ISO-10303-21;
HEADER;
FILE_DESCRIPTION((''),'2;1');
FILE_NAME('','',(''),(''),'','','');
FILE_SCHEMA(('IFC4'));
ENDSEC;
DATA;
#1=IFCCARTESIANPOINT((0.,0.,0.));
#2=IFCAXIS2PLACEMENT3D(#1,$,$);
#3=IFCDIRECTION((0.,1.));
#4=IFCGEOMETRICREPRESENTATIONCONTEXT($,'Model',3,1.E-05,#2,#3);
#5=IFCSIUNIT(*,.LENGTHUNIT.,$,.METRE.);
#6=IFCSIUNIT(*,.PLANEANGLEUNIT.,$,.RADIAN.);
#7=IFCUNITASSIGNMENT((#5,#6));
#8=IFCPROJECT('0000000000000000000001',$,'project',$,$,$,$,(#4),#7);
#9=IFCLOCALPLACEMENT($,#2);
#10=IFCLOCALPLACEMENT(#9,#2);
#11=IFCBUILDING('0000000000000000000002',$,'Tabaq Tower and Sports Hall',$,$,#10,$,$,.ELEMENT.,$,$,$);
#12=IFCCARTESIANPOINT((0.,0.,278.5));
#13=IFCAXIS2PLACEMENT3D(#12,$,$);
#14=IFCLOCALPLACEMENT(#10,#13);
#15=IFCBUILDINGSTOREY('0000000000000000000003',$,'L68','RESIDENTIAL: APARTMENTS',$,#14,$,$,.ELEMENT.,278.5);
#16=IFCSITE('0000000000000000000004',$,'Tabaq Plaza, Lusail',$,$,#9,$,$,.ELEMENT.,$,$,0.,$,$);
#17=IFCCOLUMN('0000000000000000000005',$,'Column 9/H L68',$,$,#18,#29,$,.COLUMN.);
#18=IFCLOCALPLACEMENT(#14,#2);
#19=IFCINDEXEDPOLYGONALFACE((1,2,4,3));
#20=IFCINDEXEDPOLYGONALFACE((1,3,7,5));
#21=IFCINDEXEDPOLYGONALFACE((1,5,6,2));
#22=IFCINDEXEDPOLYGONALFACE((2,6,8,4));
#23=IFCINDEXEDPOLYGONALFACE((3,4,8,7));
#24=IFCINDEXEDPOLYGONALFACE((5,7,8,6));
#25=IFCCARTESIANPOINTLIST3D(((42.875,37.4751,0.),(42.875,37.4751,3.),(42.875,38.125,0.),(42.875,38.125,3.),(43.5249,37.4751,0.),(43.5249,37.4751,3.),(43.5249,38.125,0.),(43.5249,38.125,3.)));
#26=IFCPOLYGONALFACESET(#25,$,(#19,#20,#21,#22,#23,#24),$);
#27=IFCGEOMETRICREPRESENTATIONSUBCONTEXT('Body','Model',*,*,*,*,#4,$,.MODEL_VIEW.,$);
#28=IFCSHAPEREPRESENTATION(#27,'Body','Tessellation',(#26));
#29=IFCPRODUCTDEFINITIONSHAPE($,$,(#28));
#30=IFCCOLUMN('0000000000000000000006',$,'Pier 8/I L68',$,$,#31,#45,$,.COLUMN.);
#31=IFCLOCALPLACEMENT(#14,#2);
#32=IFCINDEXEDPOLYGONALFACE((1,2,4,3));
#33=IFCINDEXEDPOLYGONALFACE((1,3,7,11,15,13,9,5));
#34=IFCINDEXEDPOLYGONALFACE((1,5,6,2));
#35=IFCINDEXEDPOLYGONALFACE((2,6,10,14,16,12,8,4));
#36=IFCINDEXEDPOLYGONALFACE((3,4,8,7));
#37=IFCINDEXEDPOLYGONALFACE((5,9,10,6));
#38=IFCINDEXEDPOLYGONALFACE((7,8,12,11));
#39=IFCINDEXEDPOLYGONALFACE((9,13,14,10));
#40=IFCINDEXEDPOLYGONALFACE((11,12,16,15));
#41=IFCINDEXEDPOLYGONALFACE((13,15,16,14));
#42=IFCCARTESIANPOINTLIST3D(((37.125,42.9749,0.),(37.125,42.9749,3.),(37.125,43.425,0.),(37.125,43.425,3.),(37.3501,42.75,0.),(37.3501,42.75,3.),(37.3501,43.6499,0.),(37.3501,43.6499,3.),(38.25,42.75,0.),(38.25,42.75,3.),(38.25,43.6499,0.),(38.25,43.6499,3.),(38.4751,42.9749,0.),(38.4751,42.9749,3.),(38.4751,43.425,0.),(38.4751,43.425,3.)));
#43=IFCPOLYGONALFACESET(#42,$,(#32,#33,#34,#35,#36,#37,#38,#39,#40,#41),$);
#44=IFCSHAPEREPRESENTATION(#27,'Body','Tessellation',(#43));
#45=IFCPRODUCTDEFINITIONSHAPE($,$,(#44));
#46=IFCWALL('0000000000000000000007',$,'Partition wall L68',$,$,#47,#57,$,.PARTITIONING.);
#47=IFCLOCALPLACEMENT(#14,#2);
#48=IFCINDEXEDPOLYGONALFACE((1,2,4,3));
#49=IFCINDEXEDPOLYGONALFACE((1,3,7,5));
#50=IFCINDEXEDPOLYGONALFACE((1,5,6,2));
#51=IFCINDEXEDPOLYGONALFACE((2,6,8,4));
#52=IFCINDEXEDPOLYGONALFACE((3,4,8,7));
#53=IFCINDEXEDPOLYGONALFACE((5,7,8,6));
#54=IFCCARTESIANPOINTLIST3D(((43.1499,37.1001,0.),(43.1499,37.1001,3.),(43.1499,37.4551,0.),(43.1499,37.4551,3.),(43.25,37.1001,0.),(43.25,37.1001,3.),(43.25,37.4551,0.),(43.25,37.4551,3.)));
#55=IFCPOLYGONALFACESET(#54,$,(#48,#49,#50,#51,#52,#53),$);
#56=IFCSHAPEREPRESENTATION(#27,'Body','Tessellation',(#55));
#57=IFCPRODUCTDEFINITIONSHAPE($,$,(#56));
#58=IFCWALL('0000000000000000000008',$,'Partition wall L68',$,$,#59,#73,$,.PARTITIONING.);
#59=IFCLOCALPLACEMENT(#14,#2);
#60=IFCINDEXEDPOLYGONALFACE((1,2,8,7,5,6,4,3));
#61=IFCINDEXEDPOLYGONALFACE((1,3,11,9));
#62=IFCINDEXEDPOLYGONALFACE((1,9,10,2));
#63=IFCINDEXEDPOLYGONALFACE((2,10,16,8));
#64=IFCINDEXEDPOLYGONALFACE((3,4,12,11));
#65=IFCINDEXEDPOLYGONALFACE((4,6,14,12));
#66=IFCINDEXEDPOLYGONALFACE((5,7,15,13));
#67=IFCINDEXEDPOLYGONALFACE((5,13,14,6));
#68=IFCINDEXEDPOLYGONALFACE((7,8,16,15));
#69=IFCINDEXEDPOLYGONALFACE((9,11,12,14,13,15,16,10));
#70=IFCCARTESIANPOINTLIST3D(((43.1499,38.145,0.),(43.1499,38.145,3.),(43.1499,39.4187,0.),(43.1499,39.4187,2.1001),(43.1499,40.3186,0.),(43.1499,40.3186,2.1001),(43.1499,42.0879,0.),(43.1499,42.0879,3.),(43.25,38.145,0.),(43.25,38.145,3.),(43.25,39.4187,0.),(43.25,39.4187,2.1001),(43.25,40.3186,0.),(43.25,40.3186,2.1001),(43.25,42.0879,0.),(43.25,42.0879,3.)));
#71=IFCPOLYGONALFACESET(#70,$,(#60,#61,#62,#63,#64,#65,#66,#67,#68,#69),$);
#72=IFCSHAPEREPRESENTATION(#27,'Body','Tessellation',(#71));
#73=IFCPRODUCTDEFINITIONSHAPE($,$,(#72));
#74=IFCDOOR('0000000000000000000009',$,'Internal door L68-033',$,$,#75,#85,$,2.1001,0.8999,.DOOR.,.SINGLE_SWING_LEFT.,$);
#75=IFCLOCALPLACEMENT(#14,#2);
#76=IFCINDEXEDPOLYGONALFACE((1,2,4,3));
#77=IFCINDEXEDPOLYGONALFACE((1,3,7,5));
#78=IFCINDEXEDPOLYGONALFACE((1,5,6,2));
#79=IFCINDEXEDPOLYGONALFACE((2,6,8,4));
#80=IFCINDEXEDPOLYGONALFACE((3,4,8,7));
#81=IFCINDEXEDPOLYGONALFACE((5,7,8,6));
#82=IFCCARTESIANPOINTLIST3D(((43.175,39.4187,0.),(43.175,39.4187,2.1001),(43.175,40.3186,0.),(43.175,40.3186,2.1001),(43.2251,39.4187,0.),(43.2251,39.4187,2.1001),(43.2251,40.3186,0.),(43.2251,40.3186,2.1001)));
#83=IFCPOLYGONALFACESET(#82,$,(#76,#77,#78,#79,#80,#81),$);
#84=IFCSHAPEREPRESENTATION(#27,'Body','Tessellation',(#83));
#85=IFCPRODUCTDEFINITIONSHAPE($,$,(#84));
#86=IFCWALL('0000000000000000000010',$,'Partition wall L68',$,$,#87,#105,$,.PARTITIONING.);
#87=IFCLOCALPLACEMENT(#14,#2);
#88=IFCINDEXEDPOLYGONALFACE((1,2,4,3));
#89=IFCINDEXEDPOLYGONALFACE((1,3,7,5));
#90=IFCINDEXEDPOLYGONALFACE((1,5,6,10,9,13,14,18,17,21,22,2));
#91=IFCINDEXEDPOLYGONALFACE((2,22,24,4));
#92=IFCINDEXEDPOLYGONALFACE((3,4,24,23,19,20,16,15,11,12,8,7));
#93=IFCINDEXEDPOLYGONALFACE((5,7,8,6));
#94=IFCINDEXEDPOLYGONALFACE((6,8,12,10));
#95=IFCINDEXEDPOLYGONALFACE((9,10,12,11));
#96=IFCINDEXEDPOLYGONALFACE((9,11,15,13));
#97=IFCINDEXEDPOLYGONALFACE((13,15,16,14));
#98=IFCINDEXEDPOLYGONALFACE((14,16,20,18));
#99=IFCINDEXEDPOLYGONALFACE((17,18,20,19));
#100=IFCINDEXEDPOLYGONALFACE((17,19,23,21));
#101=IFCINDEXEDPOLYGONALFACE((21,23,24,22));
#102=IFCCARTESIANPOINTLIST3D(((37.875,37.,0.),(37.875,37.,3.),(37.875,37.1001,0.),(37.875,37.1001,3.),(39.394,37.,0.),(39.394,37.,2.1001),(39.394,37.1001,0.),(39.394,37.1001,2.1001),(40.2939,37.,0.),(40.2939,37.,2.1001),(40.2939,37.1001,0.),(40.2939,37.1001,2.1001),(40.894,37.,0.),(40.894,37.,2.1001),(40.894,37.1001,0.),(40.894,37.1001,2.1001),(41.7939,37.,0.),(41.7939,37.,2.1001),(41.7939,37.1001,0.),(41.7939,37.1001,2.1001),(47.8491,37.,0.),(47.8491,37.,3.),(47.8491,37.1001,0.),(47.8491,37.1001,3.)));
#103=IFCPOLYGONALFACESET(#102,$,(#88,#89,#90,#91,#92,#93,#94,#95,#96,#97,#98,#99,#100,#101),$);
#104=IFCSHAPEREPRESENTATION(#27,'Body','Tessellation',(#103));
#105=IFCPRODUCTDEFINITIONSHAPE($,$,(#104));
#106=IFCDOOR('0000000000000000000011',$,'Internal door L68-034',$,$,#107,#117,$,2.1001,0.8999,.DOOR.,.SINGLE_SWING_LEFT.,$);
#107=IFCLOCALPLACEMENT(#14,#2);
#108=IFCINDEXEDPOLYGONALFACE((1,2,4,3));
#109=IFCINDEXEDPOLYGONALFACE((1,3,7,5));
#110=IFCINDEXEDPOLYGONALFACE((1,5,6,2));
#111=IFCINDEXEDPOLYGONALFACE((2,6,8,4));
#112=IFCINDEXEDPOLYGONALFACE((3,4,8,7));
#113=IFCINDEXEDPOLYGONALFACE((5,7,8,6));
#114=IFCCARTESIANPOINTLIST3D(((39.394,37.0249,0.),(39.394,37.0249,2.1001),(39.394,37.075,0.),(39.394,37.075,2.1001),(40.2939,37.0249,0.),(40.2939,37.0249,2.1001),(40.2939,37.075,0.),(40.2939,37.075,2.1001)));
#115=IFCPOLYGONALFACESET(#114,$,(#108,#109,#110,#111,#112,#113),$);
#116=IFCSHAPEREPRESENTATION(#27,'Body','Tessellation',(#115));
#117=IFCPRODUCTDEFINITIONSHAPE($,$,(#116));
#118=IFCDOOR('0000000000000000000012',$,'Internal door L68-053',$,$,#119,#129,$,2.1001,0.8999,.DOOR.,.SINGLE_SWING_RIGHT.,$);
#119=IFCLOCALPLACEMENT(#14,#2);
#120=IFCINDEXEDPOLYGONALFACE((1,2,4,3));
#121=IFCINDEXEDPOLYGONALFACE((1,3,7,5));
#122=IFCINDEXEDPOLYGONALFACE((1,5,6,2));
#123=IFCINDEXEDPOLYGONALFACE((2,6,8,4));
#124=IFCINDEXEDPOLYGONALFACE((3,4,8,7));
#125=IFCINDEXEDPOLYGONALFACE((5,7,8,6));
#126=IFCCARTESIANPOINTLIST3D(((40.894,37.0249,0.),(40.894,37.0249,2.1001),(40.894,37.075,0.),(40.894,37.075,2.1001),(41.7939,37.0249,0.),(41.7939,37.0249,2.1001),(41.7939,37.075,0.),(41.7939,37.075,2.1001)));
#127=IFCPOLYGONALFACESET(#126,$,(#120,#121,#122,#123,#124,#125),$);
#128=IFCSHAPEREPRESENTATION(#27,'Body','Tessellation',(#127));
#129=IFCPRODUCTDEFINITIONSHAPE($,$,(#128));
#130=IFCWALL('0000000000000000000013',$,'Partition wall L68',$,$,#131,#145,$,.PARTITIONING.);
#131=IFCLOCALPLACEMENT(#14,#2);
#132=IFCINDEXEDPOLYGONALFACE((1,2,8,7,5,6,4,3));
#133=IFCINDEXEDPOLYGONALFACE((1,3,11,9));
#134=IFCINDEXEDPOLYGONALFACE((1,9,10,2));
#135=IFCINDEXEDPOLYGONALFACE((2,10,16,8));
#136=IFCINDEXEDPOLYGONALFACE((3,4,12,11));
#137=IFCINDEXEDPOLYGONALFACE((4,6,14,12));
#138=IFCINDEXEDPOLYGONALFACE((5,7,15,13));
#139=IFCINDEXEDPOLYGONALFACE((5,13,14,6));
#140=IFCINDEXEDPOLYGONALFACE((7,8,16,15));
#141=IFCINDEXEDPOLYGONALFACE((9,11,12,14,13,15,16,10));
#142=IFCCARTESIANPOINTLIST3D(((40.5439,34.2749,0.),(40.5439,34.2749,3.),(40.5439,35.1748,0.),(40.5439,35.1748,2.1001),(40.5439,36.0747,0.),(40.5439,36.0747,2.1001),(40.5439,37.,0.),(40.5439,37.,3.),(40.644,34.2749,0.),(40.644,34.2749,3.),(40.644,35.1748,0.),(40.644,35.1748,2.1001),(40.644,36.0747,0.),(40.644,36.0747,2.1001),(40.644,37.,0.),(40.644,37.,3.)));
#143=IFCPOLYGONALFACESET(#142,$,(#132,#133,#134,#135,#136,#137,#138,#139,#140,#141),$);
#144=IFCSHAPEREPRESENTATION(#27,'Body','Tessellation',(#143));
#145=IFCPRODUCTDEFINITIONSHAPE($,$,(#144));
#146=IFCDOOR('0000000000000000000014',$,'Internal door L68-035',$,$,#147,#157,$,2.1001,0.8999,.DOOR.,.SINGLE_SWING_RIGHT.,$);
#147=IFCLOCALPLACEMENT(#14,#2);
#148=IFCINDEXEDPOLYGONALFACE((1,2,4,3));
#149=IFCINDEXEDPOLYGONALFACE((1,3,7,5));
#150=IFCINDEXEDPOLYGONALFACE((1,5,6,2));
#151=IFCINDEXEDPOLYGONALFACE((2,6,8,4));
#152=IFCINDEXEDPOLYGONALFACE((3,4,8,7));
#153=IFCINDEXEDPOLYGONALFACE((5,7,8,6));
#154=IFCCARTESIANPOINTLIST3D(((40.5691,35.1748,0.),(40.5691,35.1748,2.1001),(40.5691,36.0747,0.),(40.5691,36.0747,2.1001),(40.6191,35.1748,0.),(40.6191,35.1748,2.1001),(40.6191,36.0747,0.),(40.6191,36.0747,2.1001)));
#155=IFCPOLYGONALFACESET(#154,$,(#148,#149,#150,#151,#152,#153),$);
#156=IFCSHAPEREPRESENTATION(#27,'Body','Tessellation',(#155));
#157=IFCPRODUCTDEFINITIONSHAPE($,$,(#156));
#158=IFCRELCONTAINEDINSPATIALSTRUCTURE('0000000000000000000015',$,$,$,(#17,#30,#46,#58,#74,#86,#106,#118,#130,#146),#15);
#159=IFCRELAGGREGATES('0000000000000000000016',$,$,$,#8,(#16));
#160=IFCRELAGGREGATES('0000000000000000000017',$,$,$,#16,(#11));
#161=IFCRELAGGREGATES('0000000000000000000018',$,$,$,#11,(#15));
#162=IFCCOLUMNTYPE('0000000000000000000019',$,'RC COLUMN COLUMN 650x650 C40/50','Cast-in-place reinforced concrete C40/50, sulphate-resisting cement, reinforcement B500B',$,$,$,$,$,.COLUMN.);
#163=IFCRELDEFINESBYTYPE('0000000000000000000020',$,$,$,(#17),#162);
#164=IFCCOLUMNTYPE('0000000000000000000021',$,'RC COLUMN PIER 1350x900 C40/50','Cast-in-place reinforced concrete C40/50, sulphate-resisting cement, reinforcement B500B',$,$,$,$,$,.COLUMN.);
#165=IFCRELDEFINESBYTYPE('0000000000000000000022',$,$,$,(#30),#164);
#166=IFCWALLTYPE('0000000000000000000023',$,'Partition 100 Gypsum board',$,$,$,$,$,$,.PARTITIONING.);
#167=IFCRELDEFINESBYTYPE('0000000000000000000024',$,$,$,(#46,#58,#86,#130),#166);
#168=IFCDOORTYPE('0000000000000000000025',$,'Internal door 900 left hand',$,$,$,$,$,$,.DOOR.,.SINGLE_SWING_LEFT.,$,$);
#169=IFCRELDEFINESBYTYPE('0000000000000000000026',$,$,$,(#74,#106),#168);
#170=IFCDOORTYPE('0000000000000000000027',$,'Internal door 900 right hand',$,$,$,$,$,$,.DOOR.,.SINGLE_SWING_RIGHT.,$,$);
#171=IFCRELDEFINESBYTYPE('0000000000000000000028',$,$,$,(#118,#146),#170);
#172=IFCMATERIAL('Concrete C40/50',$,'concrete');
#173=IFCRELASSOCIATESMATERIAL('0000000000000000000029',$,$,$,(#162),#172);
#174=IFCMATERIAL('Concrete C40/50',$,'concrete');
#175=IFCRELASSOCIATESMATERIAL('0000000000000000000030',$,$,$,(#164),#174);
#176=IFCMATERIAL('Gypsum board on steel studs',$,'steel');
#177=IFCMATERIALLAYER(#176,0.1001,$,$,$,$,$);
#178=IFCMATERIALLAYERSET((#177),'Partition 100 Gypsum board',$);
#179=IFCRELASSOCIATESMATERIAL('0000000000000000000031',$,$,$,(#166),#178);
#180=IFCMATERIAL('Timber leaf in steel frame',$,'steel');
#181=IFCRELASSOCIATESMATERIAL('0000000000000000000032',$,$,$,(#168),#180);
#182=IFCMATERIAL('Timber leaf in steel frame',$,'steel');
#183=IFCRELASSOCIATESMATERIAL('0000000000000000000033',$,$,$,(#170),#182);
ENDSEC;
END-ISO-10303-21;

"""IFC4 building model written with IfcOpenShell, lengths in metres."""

from ifc_helpers import new_model, si_unit, direction, frame, frame_2d, origin, origin_2d, place, context, subcontext, project, spatial, polyline, rectangle, outline, extrude, material, layer, layer_set, material_profile, profile_set, type_object, element, fill, save


model = new_model("IFC4")

# Units and contexts
model_context = context("Model", 3, precision=1e-05, world=origin(), true_north=direction((0.0, 1.0)))
body_context = subcontext(model_context, "Body", "Model", "MODEL_VIEW")
ifc_project = project(units=[si_unit("LENGTHUNIT", "METRE"), si_unit("PLANEANGLEUNIT", "RADIAN")], contexts=[model_context])

# Site, building, storey
site_placement = place(None, origin())
site = spatial("IfcSite", under=ifc_project, at=site_placement, Name="Tabaq Plaza, Lusail", CompositionType="ELEMENT", RefElevation=0.0)
building_placement = place(site_placement, origin())
building = spatial("IfcBuilding", under=site, at=building_placement, Name="Tabaq Tower and Sports Hall", CompositionType="ELEMENT")
storey_placement = place(building_placement, frame((0.0, 0.0, 278.5)))
storey = spatial("IfcBuildingStorey", under=building, at=storey_placement, Name="L68", Description="RESIDENTIAL: APARTMENTS", CompositionType="ELEMENT", Elevation=278.5)

# Columns
ifc_material_1 = material(Name="Concrete C40/50", Category="concrete")
ifc_material_profile_1 = material_profile(ifc_material_1, rectangle(XDim=0.6499, YDim=0.6499, at=origin_2d()), Name="COLUMN 650x650")
ifc_profile_set_1 = profile_set([ifc_material_profile_1], Name="Concrete C40/50")
column_type_1 = type_object("IfcColumnType", Name="RC COLUMN COLUMN 650x650 C40/50", Description="Cast-in-place reinforced concrete C40/50, sulphate-resisting cement, reinforcement B500B", PredefinedType="COLUMN", material=ifc_profile_set_1)
column_1_placement = place(storey_placement, frame((43.2, 37.8, 0.0), z_axis=(0.0, 0.0, 1.0), x_axis=(1.0, 0.0, 0.0)))
element("IfcColumn", 1, at=column_1_placement, inside=storey, type_object=column_type_1, Name="Column 9/H L68", PredefinedType="COLUMN", context=body_context, shape_type="SweptSolid", body=[
    extrude(rectangle(XDim=0.6499, YDim=0.6499, at=origin_2d()), origin(), (0.0, 0.0, 1.0), 3.0),
])
ifc_material_2 = material(Name="Concrete C40/50", Category="concrete")
ifc_material_profile_2 = material_profile(ifc_material_2, outline(polyline([(-0.45, -0.45), (0.45, -0.45), (0.675, -0.2251), (0.675, 0.2251), (0.45, 0.45), (-0.45, 0.45), (-0.675, 0.2251), (-0.675, -0.2251), (-0.45, -0.45)])), Name="PIER 1350x900")
ifc_profile_set_2 = profile_set([ifc_material_profile_2], Name="Concrete C40/50")
column_type_2 = type_object("IfcColumnType", Name="RC COLUMN PIER 1350x900 C40/50", Description="Cast-in-place reinforced concrete C40/50, sulphate-resisting cement, reinforcement B500B", PredefinedType="COLUMN", material=ifc_profile_set_2)
column_2_placement = place(storey_placement, frame((37.8, 43.2, 0.0), z_axis=(0.0, 0.0, 1.0), x_axis=(1.0, 0.0, 0.0)))
element("IfcColumn", 2, at=column_2_placement, inside=storey, type_object=column_type_2, Name="Pier 8/I L68", PredefinedType="COLUMN", context=body_context, shape_type="SweptSolid", body=[
    extrude(outline(polyline([(-0.45, -0.45), (0.45, -0.45), (0.675, -0.2251), (0.675, 0.2251), (0.45, 0.45), (-0.45, 0.45), (-0.675, 0.2251), (-0.675, -0.2251), (-0.45, -0.45)])), origin(), (0.0, 0.0, 1.0), 3.0),
])

# Wall
ifc_material_3 = material(Name="Gypsum board on steel studs", Category="steel")
ifc_layer_1 = layer(ifc_material_3, 0.1001)
ifc_layer_set_1 = layer_set([ifc_layer_1], Name="Partition 100 Gypsum board")
wall_type_1 = type_object("IfcWallType", Name="Partition 100 Gypsum board", PredefinedType="PARTITIONING", material=ifc_layer_set_1)
wall_1_placement = place(storey_placement, frame((43.2, 37.1001, 0.0), z_axis=(0.0, 0.0, 1.0), x_axis=(0.0, 1.0, 0.0)))
element("IfcWall", 3, at=wall_1_placement, inside=storey, type_object=wall_type_1, Name="Partition wall L68", PredefinedType="PARTITIONING", context=body_context, shape_type="SweptSolid", body=[
    extrude(rectangle(XDim=0.355, YDim=0.1001, at=frame_2d((0.1775, 0.0))), origin(), (0.0, 0.0, 1.0), 3.0),
])

# Wall, opening, door
wall_2_placement = place(storey_placement, frame((43.2, 38.145, 0.0), z_axis=(0.0, 0.0, 1.0), x_axis=(0.0, 1.0, 0.0)))
wall_2 = element("IfcWall", 4, at=wall_2_placement, inside=storey, type_object=wall_type_1, Name="Partition wall L68", PredefinedType="PARTITIONING", context=body_context, shape_type="SweptSolid", body=[
    extrude(rectangle(XDim=3.9429, YDim=0.1001, at=frame_2d((1.9714, 0.0))), origin(), (0.0, 0.0, 1.0), 3.0),
])
opening_1_placement = place(wall_2_placement, frame((1.2737, 0.0, 0.0)))
opening_1 = element("IfcOpeningElement", 5, at=opening_1_placement, cuts=wall_2, PredefinedType="OPENING", context=body_context, shape_type="SweptSolid", body=[
    extrude(rectangle(XDim=0.8999, YDim=2.1001, at=frame_2d((0.45, 1.05))), frame((0.0, 0.05, 0.0), z_axis=(0.0, -1.0, 0.0), x_axis=(1.0, 0.0, 0.0)), (0.0, 0.0, 1.0), 0.1001),
])
ifc_material_4 = material(Name="Timber leaf in steel frame", Category="steel")
door_type_1 = type_object("IfcDoorType", Name="Internal door 900 left hand", OperationType="SINGLE_SWING_LEFT", PredefinedType="DOOR", material=ifc_material_4)
door_1_placement = place(opening_1_placement, origin())
door_1 = element("IfcDoor", 6, at=door_1_placement, inside=storey, type_object=door_type_1, Name="Internal door L68-033", OperationType="SINGLE_SWING_LEFT", OverallHeight=2.1001, OverallWidth=0.8999, PredefinedType="DOOR", context=body_context, shape_type="SweptSolid", body=[
    extrude(rectangle(XDim=0.8999, YDim=2.1001, at=frame_2d((0.45, 1.05))), frame((0.0, 0.0249, 0.0), z_axis=(0.0, -1.0, 0.0), x_axis=(1.0, 0.0, 0.0)), (0.0, 0.0, 1.0), 0.05),
])
fill(opening_1, door_1)

# Wall, openings, doors
wall_3_placement = place(storey_placement, frame((37.875, 37.05, 0.0), z_axis=(0.0, 0.0, 1.0), x_axis=(1.0, 0.0, 0.0)))
wall_3 = element("IfcWall", 7, at=wall_3_placement, inside=storey, type_object=wall_type_1, Name="Partition wall L68", PredefinedType="PARTITIONING", context=body_context, shape_type="SweptSolid", body=[
    extrude(rectangle(XDim=9.9741, YDim=0.1001, at=frame_2d((4.9871, 0.0))), origin(), (0.0, 0.0, 1.0), 3.0),
])
opening_2_placement = place(wall_3_placement, frame((1.519, 0.0, 0.0)))
opening_2 = element("IfcOpeningElement", 8, at=opening_2_placement, cuts=wall_3, PredefinedType="OPENING", context=body_context, shape_type="SweptSolid", body=[
    extrude(rectangle(XDim=0.8999, YDim=2.1001, at=frame_2d((0.45, 1.05))), frame((0.0, 0.05, 0.0), z_axis=(0.0, -1.0, 0.0), x_axis=(1.0, 0.0, 0.0)), (0.0, 0.0, 1.0), 0.1001),
])
opening_3_placement = place(wall_3_placement, frame((3.019, 0.0, 0.0)))
opening_3 = element("IfcOpeningElement", 9, at=opening_3_placement, cuts=wall_3, PredefinedType="OPENING", context=body_context, shape_type="SweptSolid", body=[
    extrude(rectangle(XDim=0.8999, YDim=2.1001, at=frame_2d((0.45, 1.05))), frame((0.0, 0.05, 0.0), z_axis=(0.0, -1.0, 0.0), x_axis=(1.0, 0.0, 0.0)), (0.0, 0.0, 1.0), 0.1001),
])
door_2_placement = place(opening_2_placement, origin())
door_2 = element("IfcDoor", 10, at=door_2_placement, inside=storey, type_object=door_type_1, Name="Internal door L68-034", OperationType="SINGLE_SWING_LEFT", OverallHeight=2.1001, OverallWidth=0.8999, PredefinedType="DOOR", context=body_context, shape_type="SweptSolid", body=[
    extrude(rectangle(XDim=0.8999, YDim=2.1001, at=frame_2d((0.45, 1.05))), frame((0.0, 0.0249, 0.0), z_axis=(0.0, -1.0, 0.0), x_axis=(1.0, 0.0, 0.0)), (0.0, 0.0, 1.0), 0.05),
])
fill(opening_2, door_2)
ifc_material_5 = material(Name="Timber leaf in steel frame", Category="steel")
door_type_2 = type_object("IfcDoorType", Name="Internal door 900 right hand", OperationType="SINGLE_SWING_RIGHT", PredefinedType="DOOR", material=ifc_material_5)
door_3_placement = place(opening_3_placement, origin())
door_3 = element("IfcDoor", 11, at=door_3_placement, inside=storey, type_object=door_type_2, Name="Internal door L68-053", OperationType="SINGLE_SWING_RIGHT", OverallHeight=2.1001, OverallWidth=0.8999, PredefinedType="DOOR", context=body_context, shape_type="SweptSolid", body=[
    extrude(rectangle(XDim=0.8999, YDim=2.1001, at=frame_2d((0.45, 1.05))), frame((0.0, 0.0249, 0.0), z_axis=(0.0, -1.0, 0.0), x_axis=(1.0, 0.0, 0.0)), (0.0, 0.0, 1.0), 0.05),
])
fill(opening_3, door_3)

# Wall, opening, door
wall_4_placement = place(storey_placement, frame((40.594, 34.2749, 0.0), z_axis=(0.0, 0.0, 1.0), x_axis=(0.0, 1.0, 0.0)))
wall_4 = element("IfcWall", 12, at=wall_4_placement, inside=storey, type_object=wall_type_1, Name="Partition wall L68", PredefinedType="PARTITIONING", context=body_context, shape_type="SweptSolid", body=[
    extrude(rectangle(XDim=2.7251, YDim=0.1001, at=frame_2d((1.3625, 0.0))), origin(), (0.0, 0.0, 1.0), 3.0),
])
opening_4_placement = place(wall_4_placement, frame((0.8999, 0.0, 0.0)))
opening_4 = element("IfcOpeningElement", 13, at=opening_4_placement, cuts=wall_4, PredefinedType="OPENING", context=body_context, shape_type="SweptSolid", body=[
    extrude(rectangle(XDim=0.8999, YDim=2.1001, at=frame_2d((0.45, 1.05))), frame((0.0, 0.05, 0.0), z_axis=(0.0, -1.0, 0.0), x_axis=(1.0, 0.0, 0.0)), (0.0, 0.0, 1.0), 0.1001),
])
door_4_placement = place(opening_4_placement, origin())
door_4 = element("IfcDoor", 14, at=door_4_placement, inside=storey, type_object=door_type_2, Name="Internal door L68-035", OperationType="SINGLE_SWING_RIGHT", OverallHeight=2.1001, OverallWidth=0.8999, PredefinedType="DOOR", context=body_context, shape_type="SweptSolid", body=[
    extrude(rectangle(XDim=0.8999, YDim=2.1001, at=frame_2d((0.45, 1.05))), frame((0.0, 0.0249, 0.0), z_axis=(0.0, -1.0, 0.0), x_axis=(1.0, 0.0, 0.0)), (0.0, 0.0, 1.0), 0.05),
])
fill(opening_4, door_4)

save(model, "model.ifc")
